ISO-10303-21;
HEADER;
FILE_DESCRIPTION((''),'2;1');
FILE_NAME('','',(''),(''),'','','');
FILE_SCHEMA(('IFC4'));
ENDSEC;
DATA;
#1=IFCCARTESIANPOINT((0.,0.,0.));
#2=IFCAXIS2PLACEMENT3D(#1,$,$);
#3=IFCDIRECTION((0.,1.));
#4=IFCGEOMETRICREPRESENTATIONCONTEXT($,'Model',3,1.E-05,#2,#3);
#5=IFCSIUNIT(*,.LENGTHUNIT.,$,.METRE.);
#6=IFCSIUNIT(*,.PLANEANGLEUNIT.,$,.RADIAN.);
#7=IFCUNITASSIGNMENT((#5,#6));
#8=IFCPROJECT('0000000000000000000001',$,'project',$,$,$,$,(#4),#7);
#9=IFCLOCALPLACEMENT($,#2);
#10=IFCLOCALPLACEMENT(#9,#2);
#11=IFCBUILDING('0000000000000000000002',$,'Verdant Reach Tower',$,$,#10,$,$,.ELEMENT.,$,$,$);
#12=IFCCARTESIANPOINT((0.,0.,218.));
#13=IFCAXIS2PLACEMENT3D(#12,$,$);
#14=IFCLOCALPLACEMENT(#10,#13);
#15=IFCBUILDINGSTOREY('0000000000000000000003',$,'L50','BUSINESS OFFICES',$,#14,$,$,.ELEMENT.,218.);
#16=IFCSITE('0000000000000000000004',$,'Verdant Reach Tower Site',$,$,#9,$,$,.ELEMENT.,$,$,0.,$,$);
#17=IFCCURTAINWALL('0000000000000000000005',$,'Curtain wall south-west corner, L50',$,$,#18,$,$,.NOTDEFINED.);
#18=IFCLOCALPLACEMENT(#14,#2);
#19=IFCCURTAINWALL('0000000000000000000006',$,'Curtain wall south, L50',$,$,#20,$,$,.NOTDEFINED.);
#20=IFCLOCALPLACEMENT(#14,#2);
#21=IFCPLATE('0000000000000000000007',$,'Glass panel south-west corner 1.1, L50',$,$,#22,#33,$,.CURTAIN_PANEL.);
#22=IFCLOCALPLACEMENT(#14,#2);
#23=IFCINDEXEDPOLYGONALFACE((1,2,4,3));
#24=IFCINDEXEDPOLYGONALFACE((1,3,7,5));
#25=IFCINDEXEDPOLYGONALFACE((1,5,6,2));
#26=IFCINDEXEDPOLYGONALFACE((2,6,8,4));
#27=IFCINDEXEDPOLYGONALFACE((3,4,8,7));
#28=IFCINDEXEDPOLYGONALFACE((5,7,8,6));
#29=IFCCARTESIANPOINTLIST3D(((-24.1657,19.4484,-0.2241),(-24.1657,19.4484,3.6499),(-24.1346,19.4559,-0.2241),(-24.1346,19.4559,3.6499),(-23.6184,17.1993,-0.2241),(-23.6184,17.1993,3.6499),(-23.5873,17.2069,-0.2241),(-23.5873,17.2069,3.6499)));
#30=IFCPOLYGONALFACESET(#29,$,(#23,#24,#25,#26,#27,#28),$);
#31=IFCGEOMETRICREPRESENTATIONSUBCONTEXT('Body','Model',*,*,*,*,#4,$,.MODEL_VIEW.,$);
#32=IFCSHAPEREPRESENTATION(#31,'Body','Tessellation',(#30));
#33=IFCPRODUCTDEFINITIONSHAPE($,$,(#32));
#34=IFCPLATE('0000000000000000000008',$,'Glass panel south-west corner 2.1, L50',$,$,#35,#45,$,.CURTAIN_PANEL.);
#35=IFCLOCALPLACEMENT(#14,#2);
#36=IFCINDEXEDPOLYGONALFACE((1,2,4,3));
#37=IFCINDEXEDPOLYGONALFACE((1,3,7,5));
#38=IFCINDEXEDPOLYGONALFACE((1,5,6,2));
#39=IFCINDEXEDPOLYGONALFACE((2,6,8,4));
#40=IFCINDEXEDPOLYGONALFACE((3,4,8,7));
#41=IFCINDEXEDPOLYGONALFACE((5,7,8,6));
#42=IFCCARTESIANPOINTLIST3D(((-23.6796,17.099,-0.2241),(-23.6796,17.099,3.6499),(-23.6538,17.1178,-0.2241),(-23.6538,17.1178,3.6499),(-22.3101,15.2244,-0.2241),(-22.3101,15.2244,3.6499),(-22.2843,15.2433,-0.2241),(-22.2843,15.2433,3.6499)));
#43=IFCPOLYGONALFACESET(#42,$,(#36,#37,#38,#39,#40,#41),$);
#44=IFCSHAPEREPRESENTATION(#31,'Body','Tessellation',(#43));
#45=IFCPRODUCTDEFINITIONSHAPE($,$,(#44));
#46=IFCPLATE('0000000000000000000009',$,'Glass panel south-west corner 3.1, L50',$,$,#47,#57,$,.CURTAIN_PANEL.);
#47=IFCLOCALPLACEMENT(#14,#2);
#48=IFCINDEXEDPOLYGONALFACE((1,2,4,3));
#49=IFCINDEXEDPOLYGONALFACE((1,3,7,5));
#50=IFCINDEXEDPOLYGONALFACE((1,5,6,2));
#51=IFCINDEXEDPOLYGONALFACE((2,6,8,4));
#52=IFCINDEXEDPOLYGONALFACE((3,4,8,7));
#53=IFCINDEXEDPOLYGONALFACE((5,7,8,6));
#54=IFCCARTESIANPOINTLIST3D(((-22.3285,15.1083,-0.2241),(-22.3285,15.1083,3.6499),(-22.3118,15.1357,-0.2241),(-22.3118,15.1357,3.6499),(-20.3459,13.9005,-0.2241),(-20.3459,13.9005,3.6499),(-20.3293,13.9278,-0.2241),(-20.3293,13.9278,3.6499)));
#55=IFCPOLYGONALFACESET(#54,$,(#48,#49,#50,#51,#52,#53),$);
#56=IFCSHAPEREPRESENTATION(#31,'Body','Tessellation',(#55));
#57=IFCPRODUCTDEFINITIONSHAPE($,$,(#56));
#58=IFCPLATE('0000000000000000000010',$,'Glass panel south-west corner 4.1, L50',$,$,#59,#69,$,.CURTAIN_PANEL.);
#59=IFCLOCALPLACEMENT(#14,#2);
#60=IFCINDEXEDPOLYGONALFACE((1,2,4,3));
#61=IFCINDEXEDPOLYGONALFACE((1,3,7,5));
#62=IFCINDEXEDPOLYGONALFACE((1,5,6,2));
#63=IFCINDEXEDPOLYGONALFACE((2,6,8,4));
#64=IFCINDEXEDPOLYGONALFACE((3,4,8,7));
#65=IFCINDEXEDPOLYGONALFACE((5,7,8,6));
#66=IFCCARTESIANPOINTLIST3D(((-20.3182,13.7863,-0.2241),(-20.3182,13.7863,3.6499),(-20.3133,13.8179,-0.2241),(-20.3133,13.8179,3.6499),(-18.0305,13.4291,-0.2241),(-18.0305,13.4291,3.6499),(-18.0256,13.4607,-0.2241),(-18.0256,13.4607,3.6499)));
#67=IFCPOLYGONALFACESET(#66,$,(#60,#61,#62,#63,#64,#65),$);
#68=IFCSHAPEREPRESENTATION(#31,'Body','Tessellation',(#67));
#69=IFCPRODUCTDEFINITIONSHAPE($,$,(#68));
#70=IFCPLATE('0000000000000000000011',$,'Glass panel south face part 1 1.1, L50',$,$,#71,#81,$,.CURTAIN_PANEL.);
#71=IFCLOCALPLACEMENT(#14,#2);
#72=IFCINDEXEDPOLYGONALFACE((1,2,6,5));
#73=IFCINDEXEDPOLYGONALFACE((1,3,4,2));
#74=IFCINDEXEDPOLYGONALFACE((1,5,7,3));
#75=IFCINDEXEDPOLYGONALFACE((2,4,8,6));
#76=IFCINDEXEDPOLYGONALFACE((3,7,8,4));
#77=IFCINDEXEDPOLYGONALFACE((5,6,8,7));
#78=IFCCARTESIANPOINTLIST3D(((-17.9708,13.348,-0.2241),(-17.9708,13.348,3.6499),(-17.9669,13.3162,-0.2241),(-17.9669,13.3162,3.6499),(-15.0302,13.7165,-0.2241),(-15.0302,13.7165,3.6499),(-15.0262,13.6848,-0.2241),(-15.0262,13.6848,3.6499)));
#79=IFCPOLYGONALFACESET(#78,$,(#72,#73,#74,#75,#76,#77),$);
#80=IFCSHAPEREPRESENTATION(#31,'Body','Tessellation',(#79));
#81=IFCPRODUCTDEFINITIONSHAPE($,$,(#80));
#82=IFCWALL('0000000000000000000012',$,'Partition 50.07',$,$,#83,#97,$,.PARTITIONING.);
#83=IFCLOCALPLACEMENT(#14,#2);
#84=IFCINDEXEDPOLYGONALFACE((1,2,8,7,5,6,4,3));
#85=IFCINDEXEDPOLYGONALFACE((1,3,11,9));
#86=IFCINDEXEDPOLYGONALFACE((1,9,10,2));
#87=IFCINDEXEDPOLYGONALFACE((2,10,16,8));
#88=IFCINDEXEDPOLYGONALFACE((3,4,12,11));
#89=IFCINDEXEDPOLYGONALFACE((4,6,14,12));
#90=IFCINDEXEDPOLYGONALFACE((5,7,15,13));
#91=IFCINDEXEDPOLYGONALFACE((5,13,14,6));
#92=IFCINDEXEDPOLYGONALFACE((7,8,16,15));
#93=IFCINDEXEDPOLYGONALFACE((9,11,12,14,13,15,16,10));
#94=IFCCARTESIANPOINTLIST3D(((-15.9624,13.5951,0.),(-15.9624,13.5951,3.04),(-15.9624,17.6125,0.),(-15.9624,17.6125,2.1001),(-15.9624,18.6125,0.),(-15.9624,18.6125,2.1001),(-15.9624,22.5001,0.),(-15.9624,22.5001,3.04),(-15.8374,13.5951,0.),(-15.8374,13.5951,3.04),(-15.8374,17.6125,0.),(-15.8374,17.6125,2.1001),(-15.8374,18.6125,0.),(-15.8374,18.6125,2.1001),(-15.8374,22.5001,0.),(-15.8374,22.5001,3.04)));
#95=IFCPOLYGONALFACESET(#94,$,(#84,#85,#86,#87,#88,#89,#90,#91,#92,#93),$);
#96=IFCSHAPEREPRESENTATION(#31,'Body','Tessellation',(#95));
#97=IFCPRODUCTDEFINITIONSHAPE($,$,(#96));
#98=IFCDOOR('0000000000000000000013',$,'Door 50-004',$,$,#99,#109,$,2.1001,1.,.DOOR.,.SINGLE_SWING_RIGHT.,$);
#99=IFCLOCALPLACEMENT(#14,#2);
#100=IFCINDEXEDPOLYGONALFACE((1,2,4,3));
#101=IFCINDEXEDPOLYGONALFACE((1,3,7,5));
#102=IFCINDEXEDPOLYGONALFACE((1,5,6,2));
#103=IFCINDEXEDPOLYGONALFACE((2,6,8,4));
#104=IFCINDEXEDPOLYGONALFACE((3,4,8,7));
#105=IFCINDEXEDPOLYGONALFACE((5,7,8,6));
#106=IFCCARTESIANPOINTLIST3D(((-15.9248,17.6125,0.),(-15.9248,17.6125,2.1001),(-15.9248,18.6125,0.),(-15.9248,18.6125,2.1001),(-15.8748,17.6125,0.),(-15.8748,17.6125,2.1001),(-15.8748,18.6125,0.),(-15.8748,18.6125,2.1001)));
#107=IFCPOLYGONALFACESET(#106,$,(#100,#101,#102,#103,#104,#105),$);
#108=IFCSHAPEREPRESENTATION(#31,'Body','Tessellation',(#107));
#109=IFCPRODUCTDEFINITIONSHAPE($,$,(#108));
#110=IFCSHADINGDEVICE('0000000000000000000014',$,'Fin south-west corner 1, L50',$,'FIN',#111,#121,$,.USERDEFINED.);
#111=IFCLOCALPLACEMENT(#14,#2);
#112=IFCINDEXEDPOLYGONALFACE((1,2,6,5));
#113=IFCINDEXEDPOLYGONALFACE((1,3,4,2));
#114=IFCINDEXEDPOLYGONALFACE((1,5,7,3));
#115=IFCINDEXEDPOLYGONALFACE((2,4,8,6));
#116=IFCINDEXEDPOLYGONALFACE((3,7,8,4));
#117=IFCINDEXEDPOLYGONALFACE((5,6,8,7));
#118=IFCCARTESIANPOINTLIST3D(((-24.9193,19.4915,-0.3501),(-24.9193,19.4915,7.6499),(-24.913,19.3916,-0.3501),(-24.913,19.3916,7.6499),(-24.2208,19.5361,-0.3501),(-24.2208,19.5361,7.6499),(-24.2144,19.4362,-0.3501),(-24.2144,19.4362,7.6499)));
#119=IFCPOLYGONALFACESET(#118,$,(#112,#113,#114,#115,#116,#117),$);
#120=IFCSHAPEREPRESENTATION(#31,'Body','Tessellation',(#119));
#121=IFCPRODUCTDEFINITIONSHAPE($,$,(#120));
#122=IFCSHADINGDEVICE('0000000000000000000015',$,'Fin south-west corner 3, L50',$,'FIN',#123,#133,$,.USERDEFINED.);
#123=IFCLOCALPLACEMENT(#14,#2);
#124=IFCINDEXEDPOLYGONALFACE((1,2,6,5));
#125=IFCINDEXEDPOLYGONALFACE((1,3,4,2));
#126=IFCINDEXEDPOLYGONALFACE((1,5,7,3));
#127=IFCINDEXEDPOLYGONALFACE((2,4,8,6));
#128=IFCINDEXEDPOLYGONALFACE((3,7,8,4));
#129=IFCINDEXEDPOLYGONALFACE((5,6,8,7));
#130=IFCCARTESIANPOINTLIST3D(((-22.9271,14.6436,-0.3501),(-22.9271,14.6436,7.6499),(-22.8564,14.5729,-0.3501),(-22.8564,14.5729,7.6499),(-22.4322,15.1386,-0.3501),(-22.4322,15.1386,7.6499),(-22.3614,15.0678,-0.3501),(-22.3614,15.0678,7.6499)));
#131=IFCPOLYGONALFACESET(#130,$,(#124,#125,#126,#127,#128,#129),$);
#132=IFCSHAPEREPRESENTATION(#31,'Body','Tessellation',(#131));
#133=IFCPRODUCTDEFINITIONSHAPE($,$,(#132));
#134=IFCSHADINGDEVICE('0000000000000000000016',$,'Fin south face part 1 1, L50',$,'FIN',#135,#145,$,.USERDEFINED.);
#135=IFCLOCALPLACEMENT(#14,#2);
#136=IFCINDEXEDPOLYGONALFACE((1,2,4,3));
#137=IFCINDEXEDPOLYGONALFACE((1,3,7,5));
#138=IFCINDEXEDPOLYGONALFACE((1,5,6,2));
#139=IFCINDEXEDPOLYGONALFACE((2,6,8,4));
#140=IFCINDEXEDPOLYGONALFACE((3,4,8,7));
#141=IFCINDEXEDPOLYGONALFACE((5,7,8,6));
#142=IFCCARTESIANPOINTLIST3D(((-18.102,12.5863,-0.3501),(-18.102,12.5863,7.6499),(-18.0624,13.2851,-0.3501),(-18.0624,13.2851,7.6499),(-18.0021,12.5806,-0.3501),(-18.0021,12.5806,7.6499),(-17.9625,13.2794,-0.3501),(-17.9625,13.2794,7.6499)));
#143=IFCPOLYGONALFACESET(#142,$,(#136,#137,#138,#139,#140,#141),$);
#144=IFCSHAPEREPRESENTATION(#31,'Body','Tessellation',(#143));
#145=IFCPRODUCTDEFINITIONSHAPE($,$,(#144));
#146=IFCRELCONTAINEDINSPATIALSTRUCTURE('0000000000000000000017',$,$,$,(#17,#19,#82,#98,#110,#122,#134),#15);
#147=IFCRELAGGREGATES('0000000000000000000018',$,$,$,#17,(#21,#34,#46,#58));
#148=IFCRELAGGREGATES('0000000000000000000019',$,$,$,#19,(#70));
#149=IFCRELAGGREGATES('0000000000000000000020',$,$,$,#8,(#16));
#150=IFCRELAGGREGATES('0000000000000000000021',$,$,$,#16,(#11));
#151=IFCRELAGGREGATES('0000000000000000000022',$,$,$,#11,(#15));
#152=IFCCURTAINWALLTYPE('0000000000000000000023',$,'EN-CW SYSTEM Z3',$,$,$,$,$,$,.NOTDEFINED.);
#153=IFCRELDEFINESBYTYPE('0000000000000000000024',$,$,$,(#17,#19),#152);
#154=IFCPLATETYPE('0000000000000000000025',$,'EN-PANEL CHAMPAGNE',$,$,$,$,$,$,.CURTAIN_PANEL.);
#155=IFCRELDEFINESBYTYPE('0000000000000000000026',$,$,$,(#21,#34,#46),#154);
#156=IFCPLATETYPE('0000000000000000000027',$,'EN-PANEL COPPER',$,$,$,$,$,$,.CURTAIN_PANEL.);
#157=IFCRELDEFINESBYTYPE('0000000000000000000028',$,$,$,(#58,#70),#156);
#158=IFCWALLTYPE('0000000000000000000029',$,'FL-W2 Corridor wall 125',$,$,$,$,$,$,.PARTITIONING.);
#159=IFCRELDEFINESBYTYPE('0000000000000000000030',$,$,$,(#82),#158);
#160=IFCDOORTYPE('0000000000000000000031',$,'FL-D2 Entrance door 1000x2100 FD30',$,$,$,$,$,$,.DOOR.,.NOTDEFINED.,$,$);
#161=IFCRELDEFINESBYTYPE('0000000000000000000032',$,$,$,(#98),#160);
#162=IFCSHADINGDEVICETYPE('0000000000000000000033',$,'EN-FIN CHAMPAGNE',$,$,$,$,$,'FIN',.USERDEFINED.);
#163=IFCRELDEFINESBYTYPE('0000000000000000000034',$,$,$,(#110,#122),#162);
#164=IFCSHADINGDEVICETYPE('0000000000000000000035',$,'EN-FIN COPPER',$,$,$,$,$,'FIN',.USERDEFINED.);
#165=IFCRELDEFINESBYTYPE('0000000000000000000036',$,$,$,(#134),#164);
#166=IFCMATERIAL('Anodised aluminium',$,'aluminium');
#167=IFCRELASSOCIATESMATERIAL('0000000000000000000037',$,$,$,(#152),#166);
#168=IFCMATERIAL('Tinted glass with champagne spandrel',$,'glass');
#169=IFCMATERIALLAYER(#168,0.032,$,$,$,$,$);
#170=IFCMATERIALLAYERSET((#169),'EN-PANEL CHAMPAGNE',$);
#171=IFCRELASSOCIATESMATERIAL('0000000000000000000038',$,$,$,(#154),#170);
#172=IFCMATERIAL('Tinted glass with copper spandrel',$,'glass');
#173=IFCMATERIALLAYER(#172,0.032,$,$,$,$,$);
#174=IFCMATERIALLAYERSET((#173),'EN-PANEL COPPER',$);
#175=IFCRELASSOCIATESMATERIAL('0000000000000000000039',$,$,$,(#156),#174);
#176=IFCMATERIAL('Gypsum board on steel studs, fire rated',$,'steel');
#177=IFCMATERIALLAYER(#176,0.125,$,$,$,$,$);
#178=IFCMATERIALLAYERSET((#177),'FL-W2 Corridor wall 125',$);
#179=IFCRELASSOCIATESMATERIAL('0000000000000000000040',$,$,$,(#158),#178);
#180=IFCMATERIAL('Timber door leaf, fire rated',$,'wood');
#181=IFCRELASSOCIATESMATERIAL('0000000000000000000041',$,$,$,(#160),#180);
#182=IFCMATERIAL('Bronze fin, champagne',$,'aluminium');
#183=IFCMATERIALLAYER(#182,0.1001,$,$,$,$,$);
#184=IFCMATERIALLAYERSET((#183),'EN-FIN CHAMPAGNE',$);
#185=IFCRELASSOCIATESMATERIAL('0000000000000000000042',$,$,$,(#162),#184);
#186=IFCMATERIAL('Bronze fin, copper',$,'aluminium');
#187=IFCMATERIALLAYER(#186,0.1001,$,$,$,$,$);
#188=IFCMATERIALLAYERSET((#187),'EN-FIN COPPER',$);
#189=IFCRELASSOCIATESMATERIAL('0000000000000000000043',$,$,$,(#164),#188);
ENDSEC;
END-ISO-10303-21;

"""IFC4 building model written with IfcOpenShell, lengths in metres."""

from ifc_helpers import new_model, si_unit, direction, frame, frame_2d, origin, origin_2d, place, context, subcontext, project, spatial, rectangle, extrude, material, layer, layer_set, type_object, element, fill, aggregate, save


model = new_model("IFC4")

# Units and contexts
model_context = context("Model", 3, precision=1e-05, world=origin(), true_north=direction((0.0, 1.0)))
body_context = subcontext(model_context, "Body", "Model", "MODEL_VIEW")
ifc_project = project(units=[si_unit("LENGTHUNIT", "METRE"), si_unit("PLANEANGLEUNIT", "RADIAN")], contexts=[model_context])

# Site, building, storey
site_placement = place(None, origin())
site = spatial("IfcSite", under=ifc_project, at=site_placement, Name="Verdant Reach Tower Site", CompositionType="ELEMENT", RefElevation=0.0)
building_placement = place(site_placement, origin())
building = spatial("IfcBuilding", under=site, at=building_placement, Name="Verdant Reach Tower", CompositionType="ELEMENT")
storey_placement = place(building_placement, frame((0.0, 0.0, 218.0)))
storey = spatial("IfcBuildingStorey", under=building, at=storey_placement, Name="L50", Description="BUSINESS OFFICES", CompositionType="ELEMENT", Elevation=218.0)

# Curtain walls
ifc_material_1 = material(Name="Anodised aluminium", Category="aluminium")
curtain_wall_type = type_object("IfcCurtainWallType", Name="EN-CW SYSTEM Z3", PredefinedType="NOTDEFINED", material=ifc_material_1)
curtain_wall_1_placement = place(storey_placement, origin())
curtain_wall_1 = element("IfcCurtainWall", 1, at=curtain_wall_1_placement, inside=storey, type_object=curtain_wall_type, Name="Curtain wall south-west corner, L50", PredefinedType="NOTDEFINED")
curtain_wall_2_placement = place(storey_placement, origin())
curtain_wall_2 = element("IfcCurtainWall", 2, at=curtain_wall_2_placement, inside=storey, type_object=curtain_wall_type, Name="Curtain wall south, L50", PredefinedType="NOTDEFINED")

# Plates
ifc_material_2 = material(Name="Tinted glass with champagne spandrel", Category="glass")
ifc_layer_1 = layer(ifc_material_2, 0.032)
ifc_layer_set_1 = layer_set([ifc_layer_1], Name="EN-PANEL CHAMPAGNE")
plate_type_1 = type_object("IfcPlateType", Name="EN-PANEL CHAMPAGNE", PredefinedType="CURTAIN_PANEL", material=ifc_layer_set_1)
plate_1_placement = place(storey_placement, frame((-23.8765, 18.3276, -0.2241), z_axis=(0.0, 0.0, 1.0), x_axis=(0.236446, -0.971645, 0.0)))
plate_1 = element("IfcPlate", 3, at=plate_1_placement, type_object=plate_type_1, Name="Glass panel south-west corner 1.1, L50", PredefinedType="CURTAIN_PANEL", context=body_context, shape_type="SweptSolid", body=[
    extrude(rectangle(XDim=2.3147, YDim=0.032, at=origin_2d()), origin(), (0.0, 0.0, 1.0), 3.874),
])
plate_2_placement = place(storey_placement, frame((-22.9819, 16.1711, -0.2241), z_axis=(0.0, 0.0, 1.0), x_axis=(0.589927, -0.807457, 0.0)))
plate_2 = element("IfcPlate", 4, at=plate_2_placement, type_object=plate_type_1, Name="Glass panel south-west corner 2.1, L50", PredefinedType="CURTAIN_PANEL", context=body_context, shape_type="SweptSolid", body=[
    extrude(rectangle(XDim=2.3215, YDim=0.032, at=origin_2d()), origin(), (0.0, 0.0, 1.0), 3.874),
])
plate_3_placement = place(storey_placement, frame((-21.3289, 14.5181, -0.2241), z_axis=(0.0, 0.0, 1.0), x_axis=(0.853989, -0.520292, 0.0)))
plate_3 = element("IfcPlate", 5, at=plate_3_placement, type_object=plate_type_1, Name="Glass panel south-west corner 3.1, L50", PredefinedType="CURTAIN_PANEL", context=body_context, shape_type="SweptSolid", body=[
    extrude(rectangle(XDim=2.3215, YDim=0.032, at=origin_2d()), origin(), (0.0, 0.0, 1.0), 3.874),
])
ifc_material_3 = material(Name="Tinted glass with copper spandrel", Category="glass")
ifc_layer_2 = layer(ifc_material_3, 0.032)
ifc_layer_set_2 = layer_set([ifc_layer_2], Name="EN-PANEL COPPER")
plate_type_2 = type_object("IfcPlateType", Name="EN-PANEL COPPER", PredefinedType="CURTAIN_PANEL", material=ifc_layer_set_2)
plate_4_placement = place(storey_placement, frame((-19.1719, 13.6235, -0.2241), z_axis=(0.0, 0.0, 1.0), x_axis=(0.988029, -0.154268, 0.0)))
plate_4 = element("IfcPlate", 6, at=plate_4_placement, type_object=plate_type_2, Name="Glass panel south-west corner 4.1, L50", PredefinedType="CURTAIN_PANEL", context=body_context, shape_type="SweptSolid", body=[
    extrude(rectangle(XDim=2.3154, YDim=0.032, at=origin_2d()), origin(), (0.0, 0.0, 1.0), 3.874),
])
aggregate(curtain_wall_1, [plate_1, plate_2, plate_3, plate_4])
plate_5_placement = place(storey_placement, frame((-16.4985, 13.5164, -0.2241), z_axis=(0.0, 0.0, 1.0), x_axis=(0.992238, 0.124355, 0.0)))
plate_5 = element("IfcPlate", 7, at=plate_5_placement, type_object=plate_type_2, Name="Glass panel south face part 1 1.1, L50", PredefinedType="CURTAIN_PANEL", context=body_context, shape_type="SweptSolid", body=[
    extrude(rectangle(XDim=2.9636, YDim=0.032, at=origin_2d()), origin(), (0.0, 0.0, 1.0), 3.874),
])
aggregate(curtain_wall_2, [plate_5])

# Wall, opening, door
ifc_material_4 = material(Name="Gypsum board on steel studs, fire rated", Category="steel")
ifc_layer_3 = layer(ifc_material_4, 0.125)
ifc_layer_set_3 = layer_set([ifc_layer_3], Name="FL-W2 Corridor wall 125")
wall_type = type_object("IfcWallType", Name="FL-W2 Corridor wall 125", PredefinedType="PARTITIONING", material=ifc_layer_set_3)
wall_placement = place(storey_placement, frame((-15.8999, 13.595, 0.0), z_axis=(0.0, 0.0, 1.0), x_axis=(0.0, 1.0, 0.0)))
wall = element("IfcWall", 8, at=wall_placement, inside=storey, type_object=wall_type, Name="Partition 50.07", PredefinedType="PARTITIONING", context=body_context, shape_type="SweptSolid", body=[
    extrude(rectangle(XDim=8.905, YDim=0.125, at=frame_2d((4.4526, 0.0))), origin(), (0.0, 0.0, 1.0), 3.04),
])
opening_placement = place(wall_placement, frame((4.0176, 0.0, 0.0)))
opening = element("IfcOpeningElement", 9, at=opening_placement, cuts=wall, PredefinedType="OPENING", context=body_context, shape_type="SweptSolid", body=[
    extrude(rectangle(XDim=1.0, YDim=2.1001, at=frame_2d((0.5, 1.05))), frame((0.0, 0.0725, 0.0), z_axis=(0.0, -1.0, 0.0), x_axis=(1.0, 0.0, 0.0)), (0.0, 0.0, 1.0), 0.145),
])
ifc_material_5 = material(Name="Timber door leaf, fire rated", Category="wood")
door_type = type_object("IfcDoorType", Name="FL-D2 Entrance door 1000x2100 FD30", OperationType="NOTDEFINED", PredefinedType="DOOR", material=ifc_material_5)
door_placement = place(opening_placement, origin())
door = element("IfcDoor", 10, at=door_placement, inside=storey, type_object=door_type, Name="Door 50-004", OperationType="SINGLE_SWING_RIGHT", OverallHeight=2.1001, OverallWidth=1.0, PredefinedType="DOOR", context=body_context, shape_type="SweptSolid", body=[
    extrude(rectangle(XDim=1.0, YDim=2.1001, at=frame_2d((0.5, 1.05))), frame((0.0, 0.0249, 0.0), z_axis=(0.0, -1.0, 0.0), x_axis=(1.0, 0.0, 0.0)), (0.0, 0.0, 1.0), 0.05),
])
fill(opening, door)

# Shading devices
ifc_material_6 = material(Name="Bronze fin, champagne", Category="aluminium")
ifc_layer_4 = layer(ifc_material_6, 0.1001)
ifc_layer_set_4 = layer_set([ifc_layer_4], Name="EN-FIN CHAMPAGNE")
shading_device_type_1 = type_object("IfcShadingDeviceType", Name="EN-FIN CHAMPAGNE", ElementType="FIN", PredefinedType="USERDEFINED", material=ifc_layer_set_4)
for number, where, z_axis, x_axis, name in (
    (11, (-24.5669, 19.4639, -0.3501), (0.0, 0.0, 1.0), (0.063699, -0.997969, 0.0), "Fin south-west corner 1, L50"),
    (12, (-22.6443, 14.8557, -0.3501), (0.0, 0.0, 1.0), (0.707107, -0.707107, 0.0), "Fin south-west corner 3, L50"),
):
    element("IfcShadingDevice", number, at=place(storey_placement, frame(where, z_axis=z_axis, x_axis=x_axis)), inside=storey, type_object=shading_device_type_1, Name=name, ObjectType="FIN", PredefinedType="USERDEFINED", context=body_context, shape_type="SweptSolid", body=[
        extrude(rectangle(XDim=0.1001, YDim=0.7, at=origin_2d()), origin(), (0.0, 0.0, 1.0), 8.0),
    ])
ifc_material_7 = material(Name="Bronze fin, copper", Category="aluminium")
ifc_layer_5 = layer(ifc_material_7, 0.1001)
ifc_layer_set_5 = layer_set([ifc_layer_5], Name="EN-FIN COPPER")
shading_device_type_2 = type_object("IfcShadingDeviceType", Name="EN-FIN COPPER", ElementType="FIN", PredefinedType="USERDEFINED", material=ifc_layer_set_5)
shading_device_placement = place(storey_placement, frame((-18.0322, 12.9329, -0.3501), z_axis=(0.0, 0.0, 1.0), x_axis=(0.998399, -0.056569, 0.0)))
element("IfcShadingDevice", 13, at=shading_device_placement, inside=storey, type_object=shading_device_type_2, Name="Fin south face part 1 1, L50", ObjectType="FIN", PredefinedType="USERDEFINED", context=body_context, shape_type="SweptSolid", body=[
    extrude(rectangle(XDim=0.1001, YDim=0.7, at=origin_2d()), origin(), (0.0, 0.0, 1.0), 8.0),
])

save(model, "model.ifc")
